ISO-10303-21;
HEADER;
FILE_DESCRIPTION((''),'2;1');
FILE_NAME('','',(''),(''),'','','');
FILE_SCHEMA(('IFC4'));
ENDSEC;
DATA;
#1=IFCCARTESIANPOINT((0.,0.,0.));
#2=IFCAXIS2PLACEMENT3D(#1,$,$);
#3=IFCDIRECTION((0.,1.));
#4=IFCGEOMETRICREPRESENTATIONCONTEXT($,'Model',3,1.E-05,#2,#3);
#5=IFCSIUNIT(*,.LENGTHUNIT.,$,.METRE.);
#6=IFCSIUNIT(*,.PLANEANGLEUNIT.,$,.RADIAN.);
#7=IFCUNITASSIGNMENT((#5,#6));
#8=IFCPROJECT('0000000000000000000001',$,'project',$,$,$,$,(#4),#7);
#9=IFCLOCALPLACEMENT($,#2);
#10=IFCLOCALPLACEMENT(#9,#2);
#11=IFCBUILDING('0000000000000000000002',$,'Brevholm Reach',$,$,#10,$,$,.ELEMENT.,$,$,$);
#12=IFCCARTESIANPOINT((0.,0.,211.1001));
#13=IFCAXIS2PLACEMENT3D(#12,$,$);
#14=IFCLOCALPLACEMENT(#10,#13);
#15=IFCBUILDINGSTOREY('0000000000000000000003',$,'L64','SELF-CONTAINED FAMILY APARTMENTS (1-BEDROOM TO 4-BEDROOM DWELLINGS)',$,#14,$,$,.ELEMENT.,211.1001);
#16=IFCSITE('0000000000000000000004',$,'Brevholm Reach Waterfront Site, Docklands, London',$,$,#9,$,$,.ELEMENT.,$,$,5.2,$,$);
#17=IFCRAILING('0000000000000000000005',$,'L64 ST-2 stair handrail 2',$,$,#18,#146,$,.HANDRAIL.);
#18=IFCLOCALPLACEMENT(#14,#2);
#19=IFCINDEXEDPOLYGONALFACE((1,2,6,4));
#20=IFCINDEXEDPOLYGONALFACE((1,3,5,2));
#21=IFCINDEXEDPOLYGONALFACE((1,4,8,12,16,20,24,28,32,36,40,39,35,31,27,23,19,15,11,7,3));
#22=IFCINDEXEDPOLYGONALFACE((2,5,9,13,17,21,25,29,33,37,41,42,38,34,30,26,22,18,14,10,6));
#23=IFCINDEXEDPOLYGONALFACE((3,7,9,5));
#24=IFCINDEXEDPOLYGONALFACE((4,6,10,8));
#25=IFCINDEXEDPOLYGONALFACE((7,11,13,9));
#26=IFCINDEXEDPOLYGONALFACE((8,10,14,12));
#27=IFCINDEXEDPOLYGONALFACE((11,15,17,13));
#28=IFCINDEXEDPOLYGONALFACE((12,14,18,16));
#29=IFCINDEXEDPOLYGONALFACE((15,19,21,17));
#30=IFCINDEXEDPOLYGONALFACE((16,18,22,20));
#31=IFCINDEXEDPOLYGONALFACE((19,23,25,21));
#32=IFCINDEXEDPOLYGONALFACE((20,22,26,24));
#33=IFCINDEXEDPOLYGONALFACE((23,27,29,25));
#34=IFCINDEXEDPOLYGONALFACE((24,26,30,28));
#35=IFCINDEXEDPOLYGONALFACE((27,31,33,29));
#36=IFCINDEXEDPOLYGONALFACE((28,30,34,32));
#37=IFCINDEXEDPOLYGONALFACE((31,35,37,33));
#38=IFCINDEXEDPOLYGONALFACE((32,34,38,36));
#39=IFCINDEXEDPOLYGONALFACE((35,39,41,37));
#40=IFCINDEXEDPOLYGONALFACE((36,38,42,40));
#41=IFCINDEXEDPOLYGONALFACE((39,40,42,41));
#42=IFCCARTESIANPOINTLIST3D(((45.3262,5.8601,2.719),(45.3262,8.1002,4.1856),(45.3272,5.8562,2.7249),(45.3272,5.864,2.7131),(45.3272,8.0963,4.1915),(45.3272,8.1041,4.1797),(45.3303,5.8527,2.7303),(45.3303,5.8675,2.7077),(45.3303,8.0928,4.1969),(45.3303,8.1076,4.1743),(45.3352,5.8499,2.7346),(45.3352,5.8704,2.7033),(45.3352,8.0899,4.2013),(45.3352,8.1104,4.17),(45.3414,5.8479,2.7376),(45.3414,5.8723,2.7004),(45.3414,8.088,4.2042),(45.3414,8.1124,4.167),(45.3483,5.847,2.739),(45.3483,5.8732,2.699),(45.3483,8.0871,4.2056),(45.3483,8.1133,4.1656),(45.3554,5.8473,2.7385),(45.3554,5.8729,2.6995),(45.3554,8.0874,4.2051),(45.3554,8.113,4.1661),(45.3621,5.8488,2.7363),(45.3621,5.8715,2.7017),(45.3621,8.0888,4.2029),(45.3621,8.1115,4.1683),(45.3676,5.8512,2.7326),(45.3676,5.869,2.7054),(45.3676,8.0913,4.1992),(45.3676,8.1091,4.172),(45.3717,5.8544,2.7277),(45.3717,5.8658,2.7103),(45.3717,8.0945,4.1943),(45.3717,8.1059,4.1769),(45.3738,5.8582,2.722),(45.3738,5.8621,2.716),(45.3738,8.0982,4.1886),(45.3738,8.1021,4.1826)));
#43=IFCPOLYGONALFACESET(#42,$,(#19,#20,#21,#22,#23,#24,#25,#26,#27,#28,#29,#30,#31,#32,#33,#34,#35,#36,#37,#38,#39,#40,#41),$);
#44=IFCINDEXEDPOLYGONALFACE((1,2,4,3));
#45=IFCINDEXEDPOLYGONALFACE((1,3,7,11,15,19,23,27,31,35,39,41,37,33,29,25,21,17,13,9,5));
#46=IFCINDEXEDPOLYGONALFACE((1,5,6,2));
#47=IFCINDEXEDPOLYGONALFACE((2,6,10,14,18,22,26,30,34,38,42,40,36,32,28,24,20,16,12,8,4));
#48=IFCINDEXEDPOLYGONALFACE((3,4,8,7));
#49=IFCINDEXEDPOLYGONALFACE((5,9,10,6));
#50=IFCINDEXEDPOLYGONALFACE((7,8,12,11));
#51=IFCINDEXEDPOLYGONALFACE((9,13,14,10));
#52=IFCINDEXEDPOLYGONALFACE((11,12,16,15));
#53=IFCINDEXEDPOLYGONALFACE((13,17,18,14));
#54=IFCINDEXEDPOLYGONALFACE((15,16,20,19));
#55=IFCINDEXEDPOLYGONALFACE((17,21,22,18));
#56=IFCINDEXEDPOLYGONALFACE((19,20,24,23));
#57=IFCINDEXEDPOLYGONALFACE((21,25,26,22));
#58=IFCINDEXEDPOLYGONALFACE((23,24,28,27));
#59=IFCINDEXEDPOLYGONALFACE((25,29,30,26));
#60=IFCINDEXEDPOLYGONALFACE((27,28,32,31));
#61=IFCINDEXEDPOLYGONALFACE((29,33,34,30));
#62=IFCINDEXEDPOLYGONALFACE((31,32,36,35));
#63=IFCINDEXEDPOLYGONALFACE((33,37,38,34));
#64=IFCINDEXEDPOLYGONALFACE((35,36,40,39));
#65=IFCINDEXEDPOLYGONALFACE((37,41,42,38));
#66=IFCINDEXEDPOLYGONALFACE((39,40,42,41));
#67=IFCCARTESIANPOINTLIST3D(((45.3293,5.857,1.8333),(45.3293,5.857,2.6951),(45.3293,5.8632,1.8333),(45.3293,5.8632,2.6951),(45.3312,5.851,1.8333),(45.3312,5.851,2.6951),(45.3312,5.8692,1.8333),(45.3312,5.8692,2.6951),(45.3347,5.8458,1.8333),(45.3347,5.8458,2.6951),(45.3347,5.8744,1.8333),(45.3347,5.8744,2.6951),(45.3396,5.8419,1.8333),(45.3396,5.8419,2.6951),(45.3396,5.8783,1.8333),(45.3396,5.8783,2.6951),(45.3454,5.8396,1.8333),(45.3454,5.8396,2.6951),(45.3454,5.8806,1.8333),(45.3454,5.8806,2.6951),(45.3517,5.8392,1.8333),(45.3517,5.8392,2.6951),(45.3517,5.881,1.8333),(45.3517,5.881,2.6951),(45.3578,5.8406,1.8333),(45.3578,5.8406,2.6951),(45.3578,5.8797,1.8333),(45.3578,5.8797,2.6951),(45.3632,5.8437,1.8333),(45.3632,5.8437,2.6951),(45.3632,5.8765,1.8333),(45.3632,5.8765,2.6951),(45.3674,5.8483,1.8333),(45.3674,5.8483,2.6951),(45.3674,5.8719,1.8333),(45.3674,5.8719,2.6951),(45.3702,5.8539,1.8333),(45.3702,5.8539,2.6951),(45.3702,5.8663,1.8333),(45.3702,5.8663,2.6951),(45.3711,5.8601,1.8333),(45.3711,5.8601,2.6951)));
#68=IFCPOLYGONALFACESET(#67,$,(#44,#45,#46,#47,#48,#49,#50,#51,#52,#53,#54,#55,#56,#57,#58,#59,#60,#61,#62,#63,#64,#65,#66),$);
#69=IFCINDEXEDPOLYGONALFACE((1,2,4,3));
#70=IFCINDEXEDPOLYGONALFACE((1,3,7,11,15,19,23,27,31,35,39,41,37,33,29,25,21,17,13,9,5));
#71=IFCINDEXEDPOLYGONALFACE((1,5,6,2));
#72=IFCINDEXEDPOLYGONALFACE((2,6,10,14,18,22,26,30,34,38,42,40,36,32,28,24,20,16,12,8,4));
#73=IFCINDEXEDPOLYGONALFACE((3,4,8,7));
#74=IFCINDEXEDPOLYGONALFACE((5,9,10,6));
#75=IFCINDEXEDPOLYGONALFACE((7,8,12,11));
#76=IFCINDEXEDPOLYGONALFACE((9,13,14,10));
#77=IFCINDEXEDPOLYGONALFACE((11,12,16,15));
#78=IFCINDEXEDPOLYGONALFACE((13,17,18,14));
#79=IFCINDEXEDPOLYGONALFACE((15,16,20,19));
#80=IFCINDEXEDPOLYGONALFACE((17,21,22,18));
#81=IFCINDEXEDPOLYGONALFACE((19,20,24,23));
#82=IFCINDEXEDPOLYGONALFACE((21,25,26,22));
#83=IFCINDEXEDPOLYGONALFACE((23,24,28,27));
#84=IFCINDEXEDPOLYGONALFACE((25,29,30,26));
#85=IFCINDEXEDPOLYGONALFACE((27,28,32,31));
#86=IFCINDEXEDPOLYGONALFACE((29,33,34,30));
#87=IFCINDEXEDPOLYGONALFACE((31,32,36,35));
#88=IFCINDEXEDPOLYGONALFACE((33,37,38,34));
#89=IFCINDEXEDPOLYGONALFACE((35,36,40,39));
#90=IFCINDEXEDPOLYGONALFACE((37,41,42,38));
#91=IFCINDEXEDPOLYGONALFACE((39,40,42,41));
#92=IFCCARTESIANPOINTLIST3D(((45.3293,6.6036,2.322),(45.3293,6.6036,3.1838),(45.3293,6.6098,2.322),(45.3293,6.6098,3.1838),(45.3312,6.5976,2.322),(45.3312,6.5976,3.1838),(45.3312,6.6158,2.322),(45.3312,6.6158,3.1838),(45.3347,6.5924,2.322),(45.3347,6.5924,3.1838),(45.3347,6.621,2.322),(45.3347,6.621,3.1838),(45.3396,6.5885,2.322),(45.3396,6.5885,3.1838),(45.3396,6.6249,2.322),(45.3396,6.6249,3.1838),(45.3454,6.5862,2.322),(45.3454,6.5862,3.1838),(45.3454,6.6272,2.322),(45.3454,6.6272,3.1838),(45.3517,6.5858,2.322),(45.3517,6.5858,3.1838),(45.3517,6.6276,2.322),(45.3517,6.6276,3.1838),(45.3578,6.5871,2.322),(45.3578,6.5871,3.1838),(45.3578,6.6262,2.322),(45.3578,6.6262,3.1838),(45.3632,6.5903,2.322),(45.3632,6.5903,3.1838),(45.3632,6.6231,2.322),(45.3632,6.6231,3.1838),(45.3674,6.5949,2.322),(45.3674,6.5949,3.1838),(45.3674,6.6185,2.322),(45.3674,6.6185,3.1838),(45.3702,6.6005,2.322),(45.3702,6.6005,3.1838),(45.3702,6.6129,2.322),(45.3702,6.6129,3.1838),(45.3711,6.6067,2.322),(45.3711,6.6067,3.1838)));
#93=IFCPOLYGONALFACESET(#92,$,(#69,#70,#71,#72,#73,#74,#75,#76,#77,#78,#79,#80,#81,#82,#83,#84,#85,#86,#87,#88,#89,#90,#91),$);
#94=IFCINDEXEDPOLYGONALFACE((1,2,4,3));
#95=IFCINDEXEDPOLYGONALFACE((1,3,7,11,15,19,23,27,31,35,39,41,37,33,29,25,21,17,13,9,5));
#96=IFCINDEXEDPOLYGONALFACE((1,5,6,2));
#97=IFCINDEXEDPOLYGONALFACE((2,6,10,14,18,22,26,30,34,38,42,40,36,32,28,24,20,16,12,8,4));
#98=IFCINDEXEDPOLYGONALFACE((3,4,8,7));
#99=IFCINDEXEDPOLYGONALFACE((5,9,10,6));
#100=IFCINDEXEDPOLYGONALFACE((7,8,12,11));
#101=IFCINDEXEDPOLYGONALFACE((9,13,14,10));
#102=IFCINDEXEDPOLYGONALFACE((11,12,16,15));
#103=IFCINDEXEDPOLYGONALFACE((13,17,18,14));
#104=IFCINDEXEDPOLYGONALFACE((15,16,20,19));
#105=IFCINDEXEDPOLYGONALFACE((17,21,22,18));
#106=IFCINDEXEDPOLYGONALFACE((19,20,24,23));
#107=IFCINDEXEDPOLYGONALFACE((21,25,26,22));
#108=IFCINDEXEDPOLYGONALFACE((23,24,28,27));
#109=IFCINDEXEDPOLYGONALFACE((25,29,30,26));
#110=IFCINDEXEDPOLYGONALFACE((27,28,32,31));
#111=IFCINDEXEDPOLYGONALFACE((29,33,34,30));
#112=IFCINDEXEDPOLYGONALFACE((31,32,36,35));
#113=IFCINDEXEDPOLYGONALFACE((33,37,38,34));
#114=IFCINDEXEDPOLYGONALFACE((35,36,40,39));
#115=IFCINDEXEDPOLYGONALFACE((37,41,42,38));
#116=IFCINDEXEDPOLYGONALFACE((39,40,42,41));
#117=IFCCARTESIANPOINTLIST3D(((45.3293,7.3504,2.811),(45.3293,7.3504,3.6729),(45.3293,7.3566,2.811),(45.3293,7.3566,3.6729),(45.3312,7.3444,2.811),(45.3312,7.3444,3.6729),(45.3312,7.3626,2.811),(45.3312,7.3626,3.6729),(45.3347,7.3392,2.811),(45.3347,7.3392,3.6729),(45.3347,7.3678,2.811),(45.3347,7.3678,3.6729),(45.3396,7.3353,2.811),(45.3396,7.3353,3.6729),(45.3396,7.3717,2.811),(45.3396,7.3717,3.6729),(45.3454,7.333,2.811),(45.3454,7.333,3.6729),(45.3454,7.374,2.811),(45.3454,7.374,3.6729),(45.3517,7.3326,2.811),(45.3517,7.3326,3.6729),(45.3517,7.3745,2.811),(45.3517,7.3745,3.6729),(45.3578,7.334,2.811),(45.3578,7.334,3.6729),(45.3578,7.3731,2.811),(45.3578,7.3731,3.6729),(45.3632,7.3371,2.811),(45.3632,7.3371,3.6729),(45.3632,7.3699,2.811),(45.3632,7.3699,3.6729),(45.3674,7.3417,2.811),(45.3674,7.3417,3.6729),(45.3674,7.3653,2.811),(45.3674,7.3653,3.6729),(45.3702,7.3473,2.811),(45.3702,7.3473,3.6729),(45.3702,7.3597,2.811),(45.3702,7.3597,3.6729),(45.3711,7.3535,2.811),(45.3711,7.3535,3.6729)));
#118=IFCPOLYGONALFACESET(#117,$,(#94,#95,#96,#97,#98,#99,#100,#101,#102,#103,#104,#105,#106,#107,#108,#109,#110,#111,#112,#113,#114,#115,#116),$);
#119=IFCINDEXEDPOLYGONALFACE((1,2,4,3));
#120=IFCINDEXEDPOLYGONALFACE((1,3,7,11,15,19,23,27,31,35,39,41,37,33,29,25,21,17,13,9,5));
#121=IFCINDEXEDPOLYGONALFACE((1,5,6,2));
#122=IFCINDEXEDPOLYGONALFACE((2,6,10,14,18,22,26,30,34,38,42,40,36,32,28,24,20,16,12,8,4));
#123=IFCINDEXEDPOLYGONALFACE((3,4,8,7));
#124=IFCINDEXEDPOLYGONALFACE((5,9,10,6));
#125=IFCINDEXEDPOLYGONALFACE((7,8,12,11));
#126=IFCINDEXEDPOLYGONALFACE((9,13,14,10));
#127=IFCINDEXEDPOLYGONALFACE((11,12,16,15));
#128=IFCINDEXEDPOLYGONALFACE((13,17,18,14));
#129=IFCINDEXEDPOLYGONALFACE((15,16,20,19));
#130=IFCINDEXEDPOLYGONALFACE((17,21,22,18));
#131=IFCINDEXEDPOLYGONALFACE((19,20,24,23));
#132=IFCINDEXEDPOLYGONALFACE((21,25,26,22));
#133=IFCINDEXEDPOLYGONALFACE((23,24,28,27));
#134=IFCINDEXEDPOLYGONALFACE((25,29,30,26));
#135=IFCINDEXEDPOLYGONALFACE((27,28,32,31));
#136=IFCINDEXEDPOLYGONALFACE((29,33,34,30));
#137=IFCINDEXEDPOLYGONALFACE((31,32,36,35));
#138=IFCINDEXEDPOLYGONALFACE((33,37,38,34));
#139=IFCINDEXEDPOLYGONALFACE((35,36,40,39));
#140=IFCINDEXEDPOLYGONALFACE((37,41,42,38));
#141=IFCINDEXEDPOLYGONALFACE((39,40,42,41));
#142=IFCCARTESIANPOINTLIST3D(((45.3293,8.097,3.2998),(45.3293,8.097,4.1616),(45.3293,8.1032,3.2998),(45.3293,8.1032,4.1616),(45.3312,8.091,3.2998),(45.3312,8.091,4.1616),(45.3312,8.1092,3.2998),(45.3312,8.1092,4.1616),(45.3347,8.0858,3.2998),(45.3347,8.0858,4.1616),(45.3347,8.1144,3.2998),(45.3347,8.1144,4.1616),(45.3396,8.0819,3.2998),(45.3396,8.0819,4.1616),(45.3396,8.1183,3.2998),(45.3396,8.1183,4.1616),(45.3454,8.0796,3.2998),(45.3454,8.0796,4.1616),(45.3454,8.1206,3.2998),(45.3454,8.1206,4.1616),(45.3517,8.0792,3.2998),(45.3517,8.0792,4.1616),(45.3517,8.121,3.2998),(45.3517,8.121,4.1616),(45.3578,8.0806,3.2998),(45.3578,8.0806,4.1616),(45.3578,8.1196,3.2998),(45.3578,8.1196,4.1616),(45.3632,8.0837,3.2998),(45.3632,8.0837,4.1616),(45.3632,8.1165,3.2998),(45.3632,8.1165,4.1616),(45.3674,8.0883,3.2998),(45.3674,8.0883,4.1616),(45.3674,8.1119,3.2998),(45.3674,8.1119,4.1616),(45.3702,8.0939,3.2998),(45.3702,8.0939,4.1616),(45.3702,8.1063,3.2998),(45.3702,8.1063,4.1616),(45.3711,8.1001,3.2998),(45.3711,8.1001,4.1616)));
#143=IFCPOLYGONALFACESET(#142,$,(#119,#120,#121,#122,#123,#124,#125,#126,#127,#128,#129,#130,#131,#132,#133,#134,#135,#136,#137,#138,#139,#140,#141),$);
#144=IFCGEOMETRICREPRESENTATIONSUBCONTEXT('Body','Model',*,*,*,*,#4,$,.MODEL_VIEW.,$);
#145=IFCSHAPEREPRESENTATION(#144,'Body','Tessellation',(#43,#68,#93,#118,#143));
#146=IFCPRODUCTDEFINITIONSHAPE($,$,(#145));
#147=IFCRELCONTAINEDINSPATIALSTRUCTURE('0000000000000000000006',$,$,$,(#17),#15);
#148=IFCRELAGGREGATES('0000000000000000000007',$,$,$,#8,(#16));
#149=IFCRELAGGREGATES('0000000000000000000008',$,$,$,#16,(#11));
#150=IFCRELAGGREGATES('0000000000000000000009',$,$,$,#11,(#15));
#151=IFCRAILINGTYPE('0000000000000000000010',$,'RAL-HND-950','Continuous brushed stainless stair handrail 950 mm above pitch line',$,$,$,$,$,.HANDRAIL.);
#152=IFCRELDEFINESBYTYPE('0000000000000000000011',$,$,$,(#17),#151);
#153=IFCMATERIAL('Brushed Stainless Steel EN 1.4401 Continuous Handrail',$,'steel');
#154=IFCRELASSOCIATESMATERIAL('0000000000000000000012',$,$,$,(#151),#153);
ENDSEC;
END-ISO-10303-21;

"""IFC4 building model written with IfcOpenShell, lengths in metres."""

from ifc_helpers import new_model, si_unit, direction, frame, origin, origin_2d, place, context, subcontext, project, spatial, circle, extrude, material, type_object, element, save


model = new_model("IFC4")

# Units and contexts
model_context = context("Model", 3, precision=1e-05, world=origin(), true_north=direction((0.0, 1.0)))
body_context = subcontext(model_context, "Body", "Model", "MODEL_VIEW")
ifc_project = project(units=[si_unit("LENGTHUNIT", "METRE"), si_unit("PLANEANGLEUNIT", "RADIAN")], contexts=[model_context])

# Site, building, storey
site_placement = place(None, origin())
site = spatial("IfcSite", under=ifc_project, at=site_placement, Name="Brevholm Reach Waterfront Site, Docklands, London", CompositionType="ELEMENT", RefElevation=5.2)
building_placement = place(site_placement, origin())
building = spatial("IfcBuilding", under=site, at=building_placement, Name="Brevholm Reach", CompositionType="ELEMENT")
storey_placement = place(building_placement, frame((0.0, 0.0, 211.1001)))
storey = spatial("IfcBuildingStorey", under=building, at=storey_placement, Name="L64", Description="SELF-CONTAINED FAMILY APARTMENTS (1-BEDROOM TO 4-BEDROOM DWELLINGS)", CompositionType="ELEMENT", Elevation=211.1001)

# Railing
ifc_material_1 = material(Name="Brushed Stainless Steel EN 1.4401 Continuous Handrail", Category="steel")
railing_type_1 = type_object("IfcRailingType", Name="RAL-HND-950", Description="Continuous brushed stainless stair handrail 950 mm above pitch line", PredefinedType="HANDRAIL", material=ifc_material_1)
railing_1_placement = place(storey_placement, frame((45.3501, 5.8601, 1.8333)))
element("IfcRailing", 1, at=railing_1_placement, inside=storey, type_object=railing_type_1, Name="L64 ST-2 stair handrail 2", PredefinedType="HANDRAIL", context=body_context, shape_type="SweptSolid", body=[
    extrude(circle(Radius=0.0239, at=origin_2d()), frame((0.0, 0.0, 0.8857), z_axis=(0.0, 0.836637, 0.547758), x_axis=(-1.0, 0.0, 0.0)), (0.0, 0.0, 1.0), 2.6775),
    extrude(circle(Radius=0.021, at=origin_2d()), origin(), (0.0, 0.0, 1.0), 0.8618),
    extrude(circle(Radius=0.021, at=origin_2d()), frame((0.0, 0.7466, 0.4888)), (0.0, 0.0, 1.0), 0.8618),
    extrude(circle(Radius=0.021, at=origin_2d()), frame((0.0, 1.4934, 0.9778)), (0.0, 0.0, 1.0), 0.8618),
    extrude(circle(Radius=0.021, at=origin_2d()), frame((0.0, 2.24, 1.4666)), (0.0, 0.0, 1.0), 0.8618),
])

save(model, "model.ifc")
